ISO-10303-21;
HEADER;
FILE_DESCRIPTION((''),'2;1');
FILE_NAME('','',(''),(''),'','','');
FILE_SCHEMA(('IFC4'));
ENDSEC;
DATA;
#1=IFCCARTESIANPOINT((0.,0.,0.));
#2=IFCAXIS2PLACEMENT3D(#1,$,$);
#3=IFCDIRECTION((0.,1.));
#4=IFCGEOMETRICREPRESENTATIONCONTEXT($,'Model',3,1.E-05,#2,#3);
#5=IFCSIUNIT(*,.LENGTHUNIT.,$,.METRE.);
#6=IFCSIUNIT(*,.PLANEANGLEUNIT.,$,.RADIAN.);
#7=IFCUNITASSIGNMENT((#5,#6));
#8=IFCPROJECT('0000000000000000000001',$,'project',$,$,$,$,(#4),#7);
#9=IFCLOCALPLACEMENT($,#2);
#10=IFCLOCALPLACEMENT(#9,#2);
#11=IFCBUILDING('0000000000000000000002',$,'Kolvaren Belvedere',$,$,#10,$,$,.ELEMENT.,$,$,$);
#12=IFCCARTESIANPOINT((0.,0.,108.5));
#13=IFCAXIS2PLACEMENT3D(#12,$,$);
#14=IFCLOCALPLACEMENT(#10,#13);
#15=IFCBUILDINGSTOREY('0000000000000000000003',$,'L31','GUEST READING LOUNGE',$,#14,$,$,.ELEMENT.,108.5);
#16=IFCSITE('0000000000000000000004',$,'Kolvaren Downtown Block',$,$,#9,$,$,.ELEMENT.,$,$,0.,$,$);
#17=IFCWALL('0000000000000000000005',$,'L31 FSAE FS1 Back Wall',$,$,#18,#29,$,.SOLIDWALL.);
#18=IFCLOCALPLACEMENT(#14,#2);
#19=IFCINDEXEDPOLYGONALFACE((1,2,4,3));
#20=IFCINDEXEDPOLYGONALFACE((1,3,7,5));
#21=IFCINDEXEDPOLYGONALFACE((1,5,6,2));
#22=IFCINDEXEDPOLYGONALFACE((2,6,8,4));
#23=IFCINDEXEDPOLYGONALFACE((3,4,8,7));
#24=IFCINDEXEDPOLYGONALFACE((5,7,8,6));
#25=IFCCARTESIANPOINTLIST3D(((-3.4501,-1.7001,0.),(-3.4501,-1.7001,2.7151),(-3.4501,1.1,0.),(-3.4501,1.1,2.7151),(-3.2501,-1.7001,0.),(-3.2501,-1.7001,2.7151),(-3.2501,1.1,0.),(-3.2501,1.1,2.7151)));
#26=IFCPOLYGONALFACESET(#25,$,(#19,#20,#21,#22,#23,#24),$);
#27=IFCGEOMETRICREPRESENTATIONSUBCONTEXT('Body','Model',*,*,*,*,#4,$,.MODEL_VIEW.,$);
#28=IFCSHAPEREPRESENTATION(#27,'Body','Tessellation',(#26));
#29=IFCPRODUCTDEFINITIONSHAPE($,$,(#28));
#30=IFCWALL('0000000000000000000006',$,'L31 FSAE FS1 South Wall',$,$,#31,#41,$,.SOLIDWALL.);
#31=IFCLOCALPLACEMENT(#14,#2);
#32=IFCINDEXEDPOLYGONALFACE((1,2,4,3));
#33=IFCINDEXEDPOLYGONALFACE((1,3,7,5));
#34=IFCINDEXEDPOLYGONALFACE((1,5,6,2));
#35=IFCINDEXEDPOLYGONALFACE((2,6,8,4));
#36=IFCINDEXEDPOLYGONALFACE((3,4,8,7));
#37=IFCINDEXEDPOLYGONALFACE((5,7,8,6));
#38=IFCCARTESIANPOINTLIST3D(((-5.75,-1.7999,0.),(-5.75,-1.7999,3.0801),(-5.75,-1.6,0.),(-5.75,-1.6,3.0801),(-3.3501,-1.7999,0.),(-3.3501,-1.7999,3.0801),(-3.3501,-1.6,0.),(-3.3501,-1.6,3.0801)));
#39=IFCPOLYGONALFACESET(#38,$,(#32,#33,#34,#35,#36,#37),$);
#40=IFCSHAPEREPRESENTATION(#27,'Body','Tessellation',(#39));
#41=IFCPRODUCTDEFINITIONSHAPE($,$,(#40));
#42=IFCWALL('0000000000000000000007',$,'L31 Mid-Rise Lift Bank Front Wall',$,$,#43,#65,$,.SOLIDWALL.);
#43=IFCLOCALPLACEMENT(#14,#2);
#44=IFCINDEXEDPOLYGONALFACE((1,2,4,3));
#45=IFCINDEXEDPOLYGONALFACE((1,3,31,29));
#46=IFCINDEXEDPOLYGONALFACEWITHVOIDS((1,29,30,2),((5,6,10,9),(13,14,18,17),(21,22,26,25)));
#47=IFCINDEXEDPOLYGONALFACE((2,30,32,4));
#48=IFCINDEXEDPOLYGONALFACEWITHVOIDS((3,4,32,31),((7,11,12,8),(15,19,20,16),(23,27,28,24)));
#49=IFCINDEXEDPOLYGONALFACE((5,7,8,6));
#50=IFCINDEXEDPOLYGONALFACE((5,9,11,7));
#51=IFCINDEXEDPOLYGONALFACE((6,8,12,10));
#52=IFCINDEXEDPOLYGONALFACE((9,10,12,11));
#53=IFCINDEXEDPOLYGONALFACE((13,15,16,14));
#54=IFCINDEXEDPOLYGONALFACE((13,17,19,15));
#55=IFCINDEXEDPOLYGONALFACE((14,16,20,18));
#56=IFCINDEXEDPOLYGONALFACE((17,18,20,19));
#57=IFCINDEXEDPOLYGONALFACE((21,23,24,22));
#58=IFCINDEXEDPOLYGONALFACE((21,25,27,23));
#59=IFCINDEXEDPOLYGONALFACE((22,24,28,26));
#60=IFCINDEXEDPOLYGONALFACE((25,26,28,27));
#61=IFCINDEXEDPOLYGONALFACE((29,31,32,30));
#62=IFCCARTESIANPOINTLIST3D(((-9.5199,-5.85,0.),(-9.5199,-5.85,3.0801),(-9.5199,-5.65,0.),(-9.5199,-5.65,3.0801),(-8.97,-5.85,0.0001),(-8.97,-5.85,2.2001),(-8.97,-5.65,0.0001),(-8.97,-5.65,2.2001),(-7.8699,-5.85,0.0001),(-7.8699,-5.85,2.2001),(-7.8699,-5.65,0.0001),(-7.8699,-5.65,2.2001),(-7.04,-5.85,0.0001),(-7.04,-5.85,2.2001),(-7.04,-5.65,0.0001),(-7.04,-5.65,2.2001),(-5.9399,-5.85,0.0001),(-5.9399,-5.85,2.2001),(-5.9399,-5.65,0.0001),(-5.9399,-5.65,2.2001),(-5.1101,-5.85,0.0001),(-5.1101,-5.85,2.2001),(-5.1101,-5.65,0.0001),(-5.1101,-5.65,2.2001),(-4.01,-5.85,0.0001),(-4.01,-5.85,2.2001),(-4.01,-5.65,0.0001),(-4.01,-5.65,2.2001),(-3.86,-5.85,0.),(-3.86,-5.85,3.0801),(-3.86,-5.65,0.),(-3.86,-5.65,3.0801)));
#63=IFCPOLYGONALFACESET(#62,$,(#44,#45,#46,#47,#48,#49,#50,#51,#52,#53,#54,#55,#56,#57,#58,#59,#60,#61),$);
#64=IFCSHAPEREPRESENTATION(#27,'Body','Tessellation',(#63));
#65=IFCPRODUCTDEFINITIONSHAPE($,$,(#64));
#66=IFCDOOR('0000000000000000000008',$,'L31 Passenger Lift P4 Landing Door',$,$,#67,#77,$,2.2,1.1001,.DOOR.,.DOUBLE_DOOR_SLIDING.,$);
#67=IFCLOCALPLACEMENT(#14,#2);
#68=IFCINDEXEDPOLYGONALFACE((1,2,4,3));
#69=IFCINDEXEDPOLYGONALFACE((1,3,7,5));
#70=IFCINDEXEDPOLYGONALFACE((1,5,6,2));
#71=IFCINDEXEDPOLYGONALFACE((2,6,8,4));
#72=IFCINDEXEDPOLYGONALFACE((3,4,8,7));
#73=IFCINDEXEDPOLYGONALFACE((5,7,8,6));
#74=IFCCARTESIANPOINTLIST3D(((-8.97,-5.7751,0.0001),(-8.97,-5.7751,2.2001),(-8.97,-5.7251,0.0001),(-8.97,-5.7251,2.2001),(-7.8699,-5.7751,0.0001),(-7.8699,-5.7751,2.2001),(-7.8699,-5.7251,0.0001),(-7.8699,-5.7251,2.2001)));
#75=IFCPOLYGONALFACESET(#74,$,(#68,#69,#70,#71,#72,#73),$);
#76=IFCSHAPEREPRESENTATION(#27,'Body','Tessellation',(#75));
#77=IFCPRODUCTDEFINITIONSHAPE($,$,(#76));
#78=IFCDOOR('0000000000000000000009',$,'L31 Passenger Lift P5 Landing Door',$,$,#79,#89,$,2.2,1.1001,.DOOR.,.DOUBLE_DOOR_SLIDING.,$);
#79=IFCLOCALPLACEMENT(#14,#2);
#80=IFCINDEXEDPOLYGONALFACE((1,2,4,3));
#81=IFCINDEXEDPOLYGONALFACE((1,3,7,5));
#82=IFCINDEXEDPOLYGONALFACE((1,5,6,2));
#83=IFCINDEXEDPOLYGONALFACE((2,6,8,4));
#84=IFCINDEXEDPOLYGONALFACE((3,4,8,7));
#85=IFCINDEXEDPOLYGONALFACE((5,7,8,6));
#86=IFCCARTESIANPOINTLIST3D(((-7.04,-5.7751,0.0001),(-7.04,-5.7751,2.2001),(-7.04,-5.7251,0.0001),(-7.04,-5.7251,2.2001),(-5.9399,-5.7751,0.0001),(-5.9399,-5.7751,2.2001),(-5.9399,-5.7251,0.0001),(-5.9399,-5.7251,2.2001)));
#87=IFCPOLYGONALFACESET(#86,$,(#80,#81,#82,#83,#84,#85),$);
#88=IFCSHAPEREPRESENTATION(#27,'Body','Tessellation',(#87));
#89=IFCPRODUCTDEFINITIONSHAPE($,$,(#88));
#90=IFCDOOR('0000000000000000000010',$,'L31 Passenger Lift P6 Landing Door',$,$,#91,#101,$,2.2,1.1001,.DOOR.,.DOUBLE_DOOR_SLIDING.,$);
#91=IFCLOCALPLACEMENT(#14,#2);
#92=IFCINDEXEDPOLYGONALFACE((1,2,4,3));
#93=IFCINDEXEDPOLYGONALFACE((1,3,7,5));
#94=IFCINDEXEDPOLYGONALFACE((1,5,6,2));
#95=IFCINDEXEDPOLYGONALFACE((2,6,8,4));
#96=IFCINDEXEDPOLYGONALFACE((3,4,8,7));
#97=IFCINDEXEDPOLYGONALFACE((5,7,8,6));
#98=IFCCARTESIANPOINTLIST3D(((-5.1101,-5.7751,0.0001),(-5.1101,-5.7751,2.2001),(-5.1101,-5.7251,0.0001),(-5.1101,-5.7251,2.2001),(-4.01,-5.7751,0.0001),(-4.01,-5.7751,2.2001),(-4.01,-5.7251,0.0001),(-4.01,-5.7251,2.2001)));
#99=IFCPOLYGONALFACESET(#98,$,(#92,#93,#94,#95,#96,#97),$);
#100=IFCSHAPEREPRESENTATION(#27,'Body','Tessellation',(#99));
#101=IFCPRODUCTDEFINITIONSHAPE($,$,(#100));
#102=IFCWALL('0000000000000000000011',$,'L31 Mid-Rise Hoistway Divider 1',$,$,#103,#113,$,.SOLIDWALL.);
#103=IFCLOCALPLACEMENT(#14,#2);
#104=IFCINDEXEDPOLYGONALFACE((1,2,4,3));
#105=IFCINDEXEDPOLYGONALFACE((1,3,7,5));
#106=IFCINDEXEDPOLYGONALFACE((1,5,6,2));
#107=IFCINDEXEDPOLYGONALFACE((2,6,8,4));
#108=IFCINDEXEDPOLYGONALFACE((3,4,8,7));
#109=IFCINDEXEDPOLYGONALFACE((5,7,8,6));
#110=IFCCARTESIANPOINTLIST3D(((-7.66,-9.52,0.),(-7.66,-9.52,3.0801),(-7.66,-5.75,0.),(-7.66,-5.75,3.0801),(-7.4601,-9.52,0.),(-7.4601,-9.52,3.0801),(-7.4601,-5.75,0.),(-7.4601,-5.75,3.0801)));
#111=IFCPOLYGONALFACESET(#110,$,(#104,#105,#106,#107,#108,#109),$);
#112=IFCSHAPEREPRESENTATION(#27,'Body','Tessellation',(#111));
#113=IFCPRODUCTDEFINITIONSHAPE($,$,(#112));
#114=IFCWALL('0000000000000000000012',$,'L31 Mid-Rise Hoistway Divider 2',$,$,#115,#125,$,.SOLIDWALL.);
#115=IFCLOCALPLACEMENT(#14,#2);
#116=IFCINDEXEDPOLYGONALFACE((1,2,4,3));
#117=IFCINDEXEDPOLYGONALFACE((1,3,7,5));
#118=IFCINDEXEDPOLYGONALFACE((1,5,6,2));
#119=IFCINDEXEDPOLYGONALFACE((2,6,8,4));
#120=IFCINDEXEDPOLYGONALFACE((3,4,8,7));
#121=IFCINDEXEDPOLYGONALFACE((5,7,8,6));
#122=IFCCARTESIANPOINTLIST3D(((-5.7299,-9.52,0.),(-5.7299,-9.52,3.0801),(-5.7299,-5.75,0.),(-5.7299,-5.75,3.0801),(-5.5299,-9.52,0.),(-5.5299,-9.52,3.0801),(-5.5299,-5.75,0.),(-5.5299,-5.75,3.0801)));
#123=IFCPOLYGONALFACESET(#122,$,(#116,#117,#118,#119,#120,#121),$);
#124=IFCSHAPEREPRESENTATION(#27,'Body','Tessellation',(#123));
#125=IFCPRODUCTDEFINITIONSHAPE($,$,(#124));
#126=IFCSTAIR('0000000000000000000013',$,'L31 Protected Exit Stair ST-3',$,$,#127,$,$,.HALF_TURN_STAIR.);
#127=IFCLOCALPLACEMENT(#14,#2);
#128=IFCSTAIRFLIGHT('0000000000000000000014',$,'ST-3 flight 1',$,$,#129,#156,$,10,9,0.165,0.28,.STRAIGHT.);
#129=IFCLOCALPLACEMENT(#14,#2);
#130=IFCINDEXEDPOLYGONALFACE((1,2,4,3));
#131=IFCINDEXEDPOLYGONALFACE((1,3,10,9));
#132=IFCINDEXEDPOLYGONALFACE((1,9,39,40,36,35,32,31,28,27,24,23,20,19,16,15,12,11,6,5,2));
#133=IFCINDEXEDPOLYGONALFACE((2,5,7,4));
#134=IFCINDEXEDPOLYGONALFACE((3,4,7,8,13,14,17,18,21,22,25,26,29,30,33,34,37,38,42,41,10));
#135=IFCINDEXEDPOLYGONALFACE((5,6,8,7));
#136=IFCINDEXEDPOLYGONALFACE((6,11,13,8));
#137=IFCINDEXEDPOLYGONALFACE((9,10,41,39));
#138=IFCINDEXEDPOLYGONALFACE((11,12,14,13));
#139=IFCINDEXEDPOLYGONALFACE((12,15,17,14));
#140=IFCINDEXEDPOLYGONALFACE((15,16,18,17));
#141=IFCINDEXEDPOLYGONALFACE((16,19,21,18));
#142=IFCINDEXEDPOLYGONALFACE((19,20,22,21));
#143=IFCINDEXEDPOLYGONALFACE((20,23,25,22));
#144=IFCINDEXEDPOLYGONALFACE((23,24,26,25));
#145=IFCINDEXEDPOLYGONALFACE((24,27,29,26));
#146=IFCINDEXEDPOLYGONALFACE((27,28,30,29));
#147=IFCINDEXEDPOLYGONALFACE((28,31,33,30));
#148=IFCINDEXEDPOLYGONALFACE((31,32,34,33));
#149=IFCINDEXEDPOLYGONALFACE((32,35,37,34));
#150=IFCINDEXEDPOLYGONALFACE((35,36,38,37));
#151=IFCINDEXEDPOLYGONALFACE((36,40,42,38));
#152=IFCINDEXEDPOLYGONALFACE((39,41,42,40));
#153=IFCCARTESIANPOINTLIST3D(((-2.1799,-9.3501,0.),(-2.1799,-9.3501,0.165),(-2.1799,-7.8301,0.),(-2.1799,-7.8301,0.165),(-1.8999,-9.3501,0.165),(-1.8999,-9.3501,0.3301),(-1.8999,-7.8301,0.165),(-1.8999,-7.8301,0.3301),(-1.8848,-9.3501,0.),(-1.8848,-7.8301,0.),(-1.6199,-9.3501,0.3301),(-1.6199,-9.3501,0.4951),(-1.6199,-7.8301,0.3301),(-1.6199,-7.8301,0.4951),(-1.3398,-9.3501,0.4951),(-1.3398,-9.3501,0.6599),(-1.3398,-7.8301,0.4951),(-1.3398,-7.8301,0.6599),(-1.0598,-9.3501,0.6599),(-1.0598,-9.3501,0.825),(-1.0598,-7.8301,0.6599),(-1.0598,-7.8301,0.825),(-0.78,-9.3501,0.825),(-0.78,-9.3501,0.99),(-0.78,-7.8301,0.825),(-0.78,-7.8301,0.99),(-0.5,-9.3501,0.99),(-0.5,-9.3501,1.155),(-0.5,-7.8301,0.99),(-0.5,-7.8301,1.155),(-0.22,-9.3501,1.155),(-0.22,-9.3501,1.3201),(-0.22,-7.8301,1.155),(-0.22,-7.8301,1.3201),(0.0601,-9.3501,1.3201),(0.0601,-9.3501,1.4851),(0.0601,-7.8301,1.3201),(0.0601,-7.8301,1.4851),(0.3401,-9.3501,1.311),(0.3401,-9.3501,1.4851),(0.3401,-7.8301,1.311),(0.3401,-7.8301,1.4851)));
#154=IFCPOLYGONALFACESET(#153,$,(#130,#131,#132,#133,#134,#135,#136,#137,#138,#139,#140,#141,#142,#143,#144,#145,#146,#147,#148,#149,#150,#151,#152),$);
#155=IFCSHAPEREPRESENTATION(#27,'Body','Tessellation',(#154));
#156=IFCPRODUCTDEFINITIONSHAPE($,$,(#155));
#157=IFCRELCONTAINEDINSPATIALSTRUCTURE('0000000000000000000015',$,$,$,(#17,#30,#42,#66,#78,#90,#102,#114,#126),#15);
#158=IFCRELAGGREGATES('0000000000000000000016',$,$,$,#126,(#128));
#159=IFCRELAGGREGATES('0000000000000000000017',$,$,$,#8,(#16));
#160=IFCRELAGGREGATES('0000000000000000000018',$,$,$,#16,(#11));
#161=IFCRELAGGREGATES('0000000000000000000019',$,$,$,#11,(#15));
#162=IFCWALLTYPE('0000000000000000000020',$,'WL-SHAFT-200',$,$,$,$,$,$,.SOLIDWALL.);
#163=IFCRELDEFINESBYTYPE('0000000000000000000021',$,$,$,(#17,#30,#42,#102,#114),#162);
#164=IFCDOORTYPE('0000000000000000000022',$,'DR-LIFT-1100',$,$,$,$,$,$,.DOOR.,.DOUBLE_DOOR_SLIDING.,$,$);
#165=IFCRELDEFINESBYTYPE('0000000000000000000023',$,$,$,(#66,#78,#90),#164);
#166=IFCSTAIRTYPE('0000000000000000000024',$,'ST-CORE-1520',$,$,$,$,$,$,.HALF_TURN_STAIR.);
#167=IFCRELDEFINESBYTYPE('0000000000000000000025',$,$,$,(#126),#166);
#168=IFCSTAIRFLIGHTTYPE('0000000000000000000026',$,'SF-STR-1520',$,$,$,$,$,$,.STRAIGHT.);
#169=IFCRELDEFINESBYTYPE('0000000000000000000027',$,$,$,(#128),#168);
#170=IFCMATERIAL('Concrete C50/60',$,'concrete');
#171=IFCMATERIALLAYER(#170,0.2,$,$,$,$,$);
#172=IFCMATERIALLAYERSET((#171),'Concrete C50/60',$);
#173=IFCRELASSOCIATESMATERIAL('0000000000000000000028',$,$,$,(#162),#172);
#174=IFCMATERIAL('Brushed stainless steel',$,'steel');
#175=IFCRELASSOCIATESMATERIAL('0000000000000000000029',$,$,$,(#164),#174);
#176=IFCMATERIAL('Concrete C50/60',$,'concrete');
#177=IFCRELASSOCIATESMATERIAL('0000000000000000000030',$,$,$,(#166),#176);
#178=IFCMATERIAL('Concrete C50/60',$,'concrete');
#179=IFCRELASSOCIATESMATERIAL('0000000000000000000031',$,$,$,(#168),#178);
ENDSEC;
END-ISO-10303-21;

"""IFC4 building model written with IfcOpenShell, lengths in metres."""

from ifc_helpers import new_model, si_unit, direction, frame, frame_2d, origin, place, context, subcontext, project, spatial, polyline, rectangle, outline, extrude, material, layer, layer_set, type_object, element, fill, aggregate, save


model = new_model("IFC4")

# Units and contexts
model_context = context("Model", 3, precision=1e-05, world=origin(), true_north=direction((0.0, 1.0)))
body_context = subcontext(model_context, "Body", "Model", "MODEL_VIEW")
ifc_project = project(units=[si_unit("LENGTHUNIT", "METRE"), si_unit("PLANEANGLEUNIT", "RADIAN")], contexts=[model_context])

# Site, building, storey
site_placement = place(None, origin())
site = spatial("IfcSite", under=ifc_project, at=site_placement, Name="Kolvaren Downtown Block", CompositionType="ELEMENT", RefElevation=0.0)
building_placement = place(site_placement, origin())
building = spatial("IfcBuilding", under=site, at=building_placement, Name="Kolvaren Belvedere", CompositionType="ELEMENT")
storey_placement = place(building_placement, frame((0.0, 0.0, 108.5)))
storey = spatial("IfcBuildingStorey", under=building, at=storey_placement, Name="L31", Description="GUEST READING LOUNGE", CompositionType="ELEMENT", Elevation=108.5)

# Shared definitions
ifc_material_1 = material(Name="Concrete C50/60", Category="concrete")
ifc_layer_1 = layer(ifc_material_1, 0.2)
ifc_layer_set_1 = layer_set([ifc_layer_1], Name="Concrete C50/60")
wall_type_1 = type_object("IfcWallType", Name="WL-SHAFT-200", PredefinedType="SOLIDWALL", material=ifc_layer_set_1)
ifc_material_2 = material(Name="Brushed stainless steel", Category="steel")
door_type_1 = type_object("IfcDoorType", Name="DR-LIFT-1100", OperationType="DOUBLE_DOOR_SLIDING", PredefinedType="DOOR", material=ifc_material_2)

# Walls
wall_1_placement = place(storey_placement, frame((-3.3501, -1.7, 0.0), z_axis=(0.0, 0.0, 1.0), x_axis=(0.0, 1.0, 0.0)))
element("IfcWall", 1, at=wall_1_placement, inside=storey, type_object=wall_type_1, Name="L31 FSAE FS1 Back Wall", PredefinedType="SOLIDWALL", context=body_context, shape_type="SweptSolid", body=[
    extrude(rectangle(XDim=2.8, YDim=0.2, at=frame_2d((1.3999, 0.0))), origin(), (0.0, 0.0, 1.0), 2.7151),
])
wall_2_placement = place(storey_placement, frame((-5.75, -1.7, 0.0), z_axis=(0.0, 0.0, 1.0), x_axis=(1.0, 0.0, 0.0)))
element("IfcWall", 2, at=wall_2_placement, inside=storey, type_object=wall_type_1, Name="L31 FSAE FS1 South Wall", PredefinedType="SOLIDWALL", context=body_context, shape_type="SweptSolid", body=[
    extrude(rectangle(XDim=2.3999, YDim=0.2, at=frame_2d((1.2, 0.0))), origin(), (0.0, 0.0, 1.0), 3.0801),
])

# Wall, openings, doors
wall_3_placement = place(storey_placement, frame((-9.52, -5.75, 0.0), z_axis=(0.0, 0.0, 1.0), x_axis=(1.0, 0.0, 0.0)))
wall_3 = element("IfcWall", 3, at=wall_3_placement, inside=storey, type_object=wall_type_1, Name="L31 Mid-Rise Lift Bank Front Wall", PredefinedType="SOLIDWALL", context=body_context, shape_type="SweptSolid", body=[
    extrude(rectangle(XDim=5.6599, YDim=0.2, at=frame_2d((2.8301, 0.0))), origin(), (0.0, 0.0, 1.0), 3.0801),
])
opening_1_placement = place(wall_3_placement, frame((0.55, 0.0, 0.0)))
opening_1 = element("IfcOpeningElement", 4, at=opening_1_placement, cuts=wall_3, PredefinedType="OPENING", context=body_context, shape_type="SweptSolid", body=[
    extrude(rectangle(XDim=1.1001, YDim=2.2, at=frame_2d((0.55, 1.1001))), frame((0.0, 0.1099, 0.0), z_axis=(0.0, -1.0, 0.0), x_axis=(1.0, 0.0, 0.0)), (0.0, 0.0, 1.0), 0.22),
])
opening_2_placement = place(wall_3_placement, frame((2.48, 0.0, 0.0)))
opening_2 = element("IfcOpeningElement", 5, at=opening_2_placement, cuts=wall_3, PredefinedType="OPENING", context=body_context, shape_type="SweptSolid", body=[
    extrude(rectangle(XDim=1.1001, YDim=2.2, at=frame_2d((0.55, 1.1001))), frame((0.0, 0.1099, 0.0), z_axis=(0.0, -1.0, 0.0), x_axis=(1.0, 0.0, 0.0)), (0.0, 0.0, 1.0), 0.22),
])
opening_3_placement = place(wall_3_placement, frame((4.4099, 0.0, 0.0)))
opening_3 = element("IfcOpeningElement", 6, at=opening_3_placement, cuts=wall_3, PredefinedType="OPENING", context=body_context, shape_type="SweptSolid", body=[
    extrude(rectangle(XDim=1.1001, YDim=2.2, at=frame_2d((0.55, 1.1001))), frame((0.0, 0.1099, 0.0), z_axis=(0.0, -1.0, 0.0), x_axis=(1.0, 0.0, 0.0)), (0.0, 0.0, 1.0), 0.22),
])
door_1_placement = place(opening_1_placement, origin())
door_1 = element("IfcDoor", 7, at=door_1_placement, inside=storey, type_object=door_type_1, Name="L31 Passenger Lift P4 Landing Door", OperationType="DOUBLE_DOOR_SLIDING", OverallHeight=2.2, OverallWidth=1.1001, PredefinedType="DOOR", context=body_context, shape_type="SweptSolid", body=[
    extrude(rectangle(XDim=1.1001, YDim=2.2, at=frame_2d((0.55, 1.1001))), frame((0.0, 0.0249, 0.0), z_axis=(0.0, -1.0, 0.0), x_axis=(1.0, 0.0, 0.0)), (0.0, 0.0, 1.0), 0.05),
])
fill(opening_1, door_1)
door_2_placement = place(opening_2_placement, origin())
door_2 = element("IfcDoor", 8, at=door_2_placement, inside=storey, type_object=door_type_1, Name="L31 Passenger Lift P5 Landing Door", OperationType="DOUBLE_DOOR_SLIDING", OverallHeight=2.2, OverallWidth=1.1001, PredefinedType="DOOR", context=body_context, shape_type="SweptSolid", body=[
    extrude(rectangle(XDim=1.1001, YDim=2.2, at=frame_2d((0.55, 1.1001))), frame((0.0, 0.0249, 0.0), z_axis=(0.0, -1.0, 0.0), x_axis=(1.0, 0.0, 0.0)), (0.0, 0.0, 1.0), 0.05),
])
fill(opening_2, door_2)
door_3_placement = place(opening_3_placement, origin())
door_3 = element("IfcDoor", 9, at=door_3_placement, inside=storey, type_object=door_type_1, Name="L31 Passenger Lift P6 Landing Door", OperationType="DOUBLE_DOOR_SLIDING", OverallHeight=2.2, OverallWidth=1.1001, PredefinedType="DOOR", context=body_context, shape_type="SweptSolid", body=[
    extrude(rectangle(XDim=1.1001, YDim=2.2, at=frame_2d((0.55, 1.1001))), frame((0.0, 0.0249, 0.0), z_axis=(0.0, -1.0, 0.0), x_axis=(1.0, 0.0, 0.0)), (0.0, 0.0, 1.0), 0.05),
])
fill(opening_3, door_3)

# Walls
for number, where, z_axis, x_axis, name in (
    (10, (-7.5601, -9.52, 0.0), (0.0, 0.0, 1.0), (0.0, 1.0, 0.0), "L31 Mid-Rise Hoistway Divider 1"),
    (11, (-5.6299, -9.52, 0.0), (0.0, 0.0, 1.0), (0.0, 1.0, 0.0), "L31 Mid-Rise Hoistway Divider 2"),
):
    element("IfcWall", number, at=place(storey_placement, frame(where, z_axis=z_axis, x_axis=x_axis)), inside=storey, type_object=wall_type_1, Name=name, PredefinedType="SOLIDWALL", context=body_context, shape_type="SweptSolid", body=[
        extrude(rectangle(XDim=3.77, YDim=0.2, at=frame_2d((1.885, 0.0))), origin(), (0.0, 0.0, 1.0), 3.0801),
    ])

# Stair, stair flight
ifc_material_3 = material(Name="Concrete C50/60", Category="concrete")
stair_type = type_object("IfcStairType", Name="ST-CORE-1520", PredefinedType="HALF_TURN_STAIR", material=ifc_material_3)
stair_placement = place(storey_placement, origin())
stair = element("IfcStair", 12, at=stair_placement, inside=storey, type_object=stair_type, Name="L31 Protected Exit Stair ST-3", PredefinedType="HALF_TURN_STAIR")
ifc_material_4 = material(Name="Concrete C50/60", Category="concrete")
stair_flight_type = type_object("IfcStairFlightType", Name="SF-STR-1520", PredefinedType="STRAIGHT", material=ifc_material_4)
stair_flight_placement = place(storey_placement, frame((-2.1799, -8.5901, 0.0), z_axis=(0.0, 0.0, 1.0), x_axis=(1.0, 0.0, 0.0)))
stair_flight = element("IfcStairFlight", 13, at=stair_flight_placement, type_object=stair_flight_type, Name="ST-3 flight 1", NumberOfRisers=10, NumberOfTreads=9, PredefinedType="STRAIGHT", RiserHeight=0.165, TreadLength=0.28, context=body_context, shape_type="SweptSolid", body=[
    extrude(outline(polyline([(0.0, 0.0), (0.0, 0.165), (0.28, 0.165), (0.28, 0.3301), (0.5601, 0.3301), (0.5601, 0.4951), (0.8401, 0.4951), (0.8401, 0.6599), (1.1201, 0.6599), (1.1201, 0.825), (1.3999, 0.825), (1.3999, 0.99), (1.6799, 0.99), (1.6799, 1.155), (1.96, 1.155), (1.96, 1.3201), (2.24, 1.3201), (2.24, 1.4851), (2.52, 1.4851), (2.52, 1.6499), (2.52, 1.311), (0.2952, 0.0), (0.0, 0.0)])), frame((0.0, 0.76, 0.0), z_axis=(0.0, -1.0, 0.0), x_axis=(1.0, 0.0, 0.0)), (0.0, 0.0, 1.0), 1.52),
])
aggregate(stair, [stair_flight])

save(model, "model.ifc")
